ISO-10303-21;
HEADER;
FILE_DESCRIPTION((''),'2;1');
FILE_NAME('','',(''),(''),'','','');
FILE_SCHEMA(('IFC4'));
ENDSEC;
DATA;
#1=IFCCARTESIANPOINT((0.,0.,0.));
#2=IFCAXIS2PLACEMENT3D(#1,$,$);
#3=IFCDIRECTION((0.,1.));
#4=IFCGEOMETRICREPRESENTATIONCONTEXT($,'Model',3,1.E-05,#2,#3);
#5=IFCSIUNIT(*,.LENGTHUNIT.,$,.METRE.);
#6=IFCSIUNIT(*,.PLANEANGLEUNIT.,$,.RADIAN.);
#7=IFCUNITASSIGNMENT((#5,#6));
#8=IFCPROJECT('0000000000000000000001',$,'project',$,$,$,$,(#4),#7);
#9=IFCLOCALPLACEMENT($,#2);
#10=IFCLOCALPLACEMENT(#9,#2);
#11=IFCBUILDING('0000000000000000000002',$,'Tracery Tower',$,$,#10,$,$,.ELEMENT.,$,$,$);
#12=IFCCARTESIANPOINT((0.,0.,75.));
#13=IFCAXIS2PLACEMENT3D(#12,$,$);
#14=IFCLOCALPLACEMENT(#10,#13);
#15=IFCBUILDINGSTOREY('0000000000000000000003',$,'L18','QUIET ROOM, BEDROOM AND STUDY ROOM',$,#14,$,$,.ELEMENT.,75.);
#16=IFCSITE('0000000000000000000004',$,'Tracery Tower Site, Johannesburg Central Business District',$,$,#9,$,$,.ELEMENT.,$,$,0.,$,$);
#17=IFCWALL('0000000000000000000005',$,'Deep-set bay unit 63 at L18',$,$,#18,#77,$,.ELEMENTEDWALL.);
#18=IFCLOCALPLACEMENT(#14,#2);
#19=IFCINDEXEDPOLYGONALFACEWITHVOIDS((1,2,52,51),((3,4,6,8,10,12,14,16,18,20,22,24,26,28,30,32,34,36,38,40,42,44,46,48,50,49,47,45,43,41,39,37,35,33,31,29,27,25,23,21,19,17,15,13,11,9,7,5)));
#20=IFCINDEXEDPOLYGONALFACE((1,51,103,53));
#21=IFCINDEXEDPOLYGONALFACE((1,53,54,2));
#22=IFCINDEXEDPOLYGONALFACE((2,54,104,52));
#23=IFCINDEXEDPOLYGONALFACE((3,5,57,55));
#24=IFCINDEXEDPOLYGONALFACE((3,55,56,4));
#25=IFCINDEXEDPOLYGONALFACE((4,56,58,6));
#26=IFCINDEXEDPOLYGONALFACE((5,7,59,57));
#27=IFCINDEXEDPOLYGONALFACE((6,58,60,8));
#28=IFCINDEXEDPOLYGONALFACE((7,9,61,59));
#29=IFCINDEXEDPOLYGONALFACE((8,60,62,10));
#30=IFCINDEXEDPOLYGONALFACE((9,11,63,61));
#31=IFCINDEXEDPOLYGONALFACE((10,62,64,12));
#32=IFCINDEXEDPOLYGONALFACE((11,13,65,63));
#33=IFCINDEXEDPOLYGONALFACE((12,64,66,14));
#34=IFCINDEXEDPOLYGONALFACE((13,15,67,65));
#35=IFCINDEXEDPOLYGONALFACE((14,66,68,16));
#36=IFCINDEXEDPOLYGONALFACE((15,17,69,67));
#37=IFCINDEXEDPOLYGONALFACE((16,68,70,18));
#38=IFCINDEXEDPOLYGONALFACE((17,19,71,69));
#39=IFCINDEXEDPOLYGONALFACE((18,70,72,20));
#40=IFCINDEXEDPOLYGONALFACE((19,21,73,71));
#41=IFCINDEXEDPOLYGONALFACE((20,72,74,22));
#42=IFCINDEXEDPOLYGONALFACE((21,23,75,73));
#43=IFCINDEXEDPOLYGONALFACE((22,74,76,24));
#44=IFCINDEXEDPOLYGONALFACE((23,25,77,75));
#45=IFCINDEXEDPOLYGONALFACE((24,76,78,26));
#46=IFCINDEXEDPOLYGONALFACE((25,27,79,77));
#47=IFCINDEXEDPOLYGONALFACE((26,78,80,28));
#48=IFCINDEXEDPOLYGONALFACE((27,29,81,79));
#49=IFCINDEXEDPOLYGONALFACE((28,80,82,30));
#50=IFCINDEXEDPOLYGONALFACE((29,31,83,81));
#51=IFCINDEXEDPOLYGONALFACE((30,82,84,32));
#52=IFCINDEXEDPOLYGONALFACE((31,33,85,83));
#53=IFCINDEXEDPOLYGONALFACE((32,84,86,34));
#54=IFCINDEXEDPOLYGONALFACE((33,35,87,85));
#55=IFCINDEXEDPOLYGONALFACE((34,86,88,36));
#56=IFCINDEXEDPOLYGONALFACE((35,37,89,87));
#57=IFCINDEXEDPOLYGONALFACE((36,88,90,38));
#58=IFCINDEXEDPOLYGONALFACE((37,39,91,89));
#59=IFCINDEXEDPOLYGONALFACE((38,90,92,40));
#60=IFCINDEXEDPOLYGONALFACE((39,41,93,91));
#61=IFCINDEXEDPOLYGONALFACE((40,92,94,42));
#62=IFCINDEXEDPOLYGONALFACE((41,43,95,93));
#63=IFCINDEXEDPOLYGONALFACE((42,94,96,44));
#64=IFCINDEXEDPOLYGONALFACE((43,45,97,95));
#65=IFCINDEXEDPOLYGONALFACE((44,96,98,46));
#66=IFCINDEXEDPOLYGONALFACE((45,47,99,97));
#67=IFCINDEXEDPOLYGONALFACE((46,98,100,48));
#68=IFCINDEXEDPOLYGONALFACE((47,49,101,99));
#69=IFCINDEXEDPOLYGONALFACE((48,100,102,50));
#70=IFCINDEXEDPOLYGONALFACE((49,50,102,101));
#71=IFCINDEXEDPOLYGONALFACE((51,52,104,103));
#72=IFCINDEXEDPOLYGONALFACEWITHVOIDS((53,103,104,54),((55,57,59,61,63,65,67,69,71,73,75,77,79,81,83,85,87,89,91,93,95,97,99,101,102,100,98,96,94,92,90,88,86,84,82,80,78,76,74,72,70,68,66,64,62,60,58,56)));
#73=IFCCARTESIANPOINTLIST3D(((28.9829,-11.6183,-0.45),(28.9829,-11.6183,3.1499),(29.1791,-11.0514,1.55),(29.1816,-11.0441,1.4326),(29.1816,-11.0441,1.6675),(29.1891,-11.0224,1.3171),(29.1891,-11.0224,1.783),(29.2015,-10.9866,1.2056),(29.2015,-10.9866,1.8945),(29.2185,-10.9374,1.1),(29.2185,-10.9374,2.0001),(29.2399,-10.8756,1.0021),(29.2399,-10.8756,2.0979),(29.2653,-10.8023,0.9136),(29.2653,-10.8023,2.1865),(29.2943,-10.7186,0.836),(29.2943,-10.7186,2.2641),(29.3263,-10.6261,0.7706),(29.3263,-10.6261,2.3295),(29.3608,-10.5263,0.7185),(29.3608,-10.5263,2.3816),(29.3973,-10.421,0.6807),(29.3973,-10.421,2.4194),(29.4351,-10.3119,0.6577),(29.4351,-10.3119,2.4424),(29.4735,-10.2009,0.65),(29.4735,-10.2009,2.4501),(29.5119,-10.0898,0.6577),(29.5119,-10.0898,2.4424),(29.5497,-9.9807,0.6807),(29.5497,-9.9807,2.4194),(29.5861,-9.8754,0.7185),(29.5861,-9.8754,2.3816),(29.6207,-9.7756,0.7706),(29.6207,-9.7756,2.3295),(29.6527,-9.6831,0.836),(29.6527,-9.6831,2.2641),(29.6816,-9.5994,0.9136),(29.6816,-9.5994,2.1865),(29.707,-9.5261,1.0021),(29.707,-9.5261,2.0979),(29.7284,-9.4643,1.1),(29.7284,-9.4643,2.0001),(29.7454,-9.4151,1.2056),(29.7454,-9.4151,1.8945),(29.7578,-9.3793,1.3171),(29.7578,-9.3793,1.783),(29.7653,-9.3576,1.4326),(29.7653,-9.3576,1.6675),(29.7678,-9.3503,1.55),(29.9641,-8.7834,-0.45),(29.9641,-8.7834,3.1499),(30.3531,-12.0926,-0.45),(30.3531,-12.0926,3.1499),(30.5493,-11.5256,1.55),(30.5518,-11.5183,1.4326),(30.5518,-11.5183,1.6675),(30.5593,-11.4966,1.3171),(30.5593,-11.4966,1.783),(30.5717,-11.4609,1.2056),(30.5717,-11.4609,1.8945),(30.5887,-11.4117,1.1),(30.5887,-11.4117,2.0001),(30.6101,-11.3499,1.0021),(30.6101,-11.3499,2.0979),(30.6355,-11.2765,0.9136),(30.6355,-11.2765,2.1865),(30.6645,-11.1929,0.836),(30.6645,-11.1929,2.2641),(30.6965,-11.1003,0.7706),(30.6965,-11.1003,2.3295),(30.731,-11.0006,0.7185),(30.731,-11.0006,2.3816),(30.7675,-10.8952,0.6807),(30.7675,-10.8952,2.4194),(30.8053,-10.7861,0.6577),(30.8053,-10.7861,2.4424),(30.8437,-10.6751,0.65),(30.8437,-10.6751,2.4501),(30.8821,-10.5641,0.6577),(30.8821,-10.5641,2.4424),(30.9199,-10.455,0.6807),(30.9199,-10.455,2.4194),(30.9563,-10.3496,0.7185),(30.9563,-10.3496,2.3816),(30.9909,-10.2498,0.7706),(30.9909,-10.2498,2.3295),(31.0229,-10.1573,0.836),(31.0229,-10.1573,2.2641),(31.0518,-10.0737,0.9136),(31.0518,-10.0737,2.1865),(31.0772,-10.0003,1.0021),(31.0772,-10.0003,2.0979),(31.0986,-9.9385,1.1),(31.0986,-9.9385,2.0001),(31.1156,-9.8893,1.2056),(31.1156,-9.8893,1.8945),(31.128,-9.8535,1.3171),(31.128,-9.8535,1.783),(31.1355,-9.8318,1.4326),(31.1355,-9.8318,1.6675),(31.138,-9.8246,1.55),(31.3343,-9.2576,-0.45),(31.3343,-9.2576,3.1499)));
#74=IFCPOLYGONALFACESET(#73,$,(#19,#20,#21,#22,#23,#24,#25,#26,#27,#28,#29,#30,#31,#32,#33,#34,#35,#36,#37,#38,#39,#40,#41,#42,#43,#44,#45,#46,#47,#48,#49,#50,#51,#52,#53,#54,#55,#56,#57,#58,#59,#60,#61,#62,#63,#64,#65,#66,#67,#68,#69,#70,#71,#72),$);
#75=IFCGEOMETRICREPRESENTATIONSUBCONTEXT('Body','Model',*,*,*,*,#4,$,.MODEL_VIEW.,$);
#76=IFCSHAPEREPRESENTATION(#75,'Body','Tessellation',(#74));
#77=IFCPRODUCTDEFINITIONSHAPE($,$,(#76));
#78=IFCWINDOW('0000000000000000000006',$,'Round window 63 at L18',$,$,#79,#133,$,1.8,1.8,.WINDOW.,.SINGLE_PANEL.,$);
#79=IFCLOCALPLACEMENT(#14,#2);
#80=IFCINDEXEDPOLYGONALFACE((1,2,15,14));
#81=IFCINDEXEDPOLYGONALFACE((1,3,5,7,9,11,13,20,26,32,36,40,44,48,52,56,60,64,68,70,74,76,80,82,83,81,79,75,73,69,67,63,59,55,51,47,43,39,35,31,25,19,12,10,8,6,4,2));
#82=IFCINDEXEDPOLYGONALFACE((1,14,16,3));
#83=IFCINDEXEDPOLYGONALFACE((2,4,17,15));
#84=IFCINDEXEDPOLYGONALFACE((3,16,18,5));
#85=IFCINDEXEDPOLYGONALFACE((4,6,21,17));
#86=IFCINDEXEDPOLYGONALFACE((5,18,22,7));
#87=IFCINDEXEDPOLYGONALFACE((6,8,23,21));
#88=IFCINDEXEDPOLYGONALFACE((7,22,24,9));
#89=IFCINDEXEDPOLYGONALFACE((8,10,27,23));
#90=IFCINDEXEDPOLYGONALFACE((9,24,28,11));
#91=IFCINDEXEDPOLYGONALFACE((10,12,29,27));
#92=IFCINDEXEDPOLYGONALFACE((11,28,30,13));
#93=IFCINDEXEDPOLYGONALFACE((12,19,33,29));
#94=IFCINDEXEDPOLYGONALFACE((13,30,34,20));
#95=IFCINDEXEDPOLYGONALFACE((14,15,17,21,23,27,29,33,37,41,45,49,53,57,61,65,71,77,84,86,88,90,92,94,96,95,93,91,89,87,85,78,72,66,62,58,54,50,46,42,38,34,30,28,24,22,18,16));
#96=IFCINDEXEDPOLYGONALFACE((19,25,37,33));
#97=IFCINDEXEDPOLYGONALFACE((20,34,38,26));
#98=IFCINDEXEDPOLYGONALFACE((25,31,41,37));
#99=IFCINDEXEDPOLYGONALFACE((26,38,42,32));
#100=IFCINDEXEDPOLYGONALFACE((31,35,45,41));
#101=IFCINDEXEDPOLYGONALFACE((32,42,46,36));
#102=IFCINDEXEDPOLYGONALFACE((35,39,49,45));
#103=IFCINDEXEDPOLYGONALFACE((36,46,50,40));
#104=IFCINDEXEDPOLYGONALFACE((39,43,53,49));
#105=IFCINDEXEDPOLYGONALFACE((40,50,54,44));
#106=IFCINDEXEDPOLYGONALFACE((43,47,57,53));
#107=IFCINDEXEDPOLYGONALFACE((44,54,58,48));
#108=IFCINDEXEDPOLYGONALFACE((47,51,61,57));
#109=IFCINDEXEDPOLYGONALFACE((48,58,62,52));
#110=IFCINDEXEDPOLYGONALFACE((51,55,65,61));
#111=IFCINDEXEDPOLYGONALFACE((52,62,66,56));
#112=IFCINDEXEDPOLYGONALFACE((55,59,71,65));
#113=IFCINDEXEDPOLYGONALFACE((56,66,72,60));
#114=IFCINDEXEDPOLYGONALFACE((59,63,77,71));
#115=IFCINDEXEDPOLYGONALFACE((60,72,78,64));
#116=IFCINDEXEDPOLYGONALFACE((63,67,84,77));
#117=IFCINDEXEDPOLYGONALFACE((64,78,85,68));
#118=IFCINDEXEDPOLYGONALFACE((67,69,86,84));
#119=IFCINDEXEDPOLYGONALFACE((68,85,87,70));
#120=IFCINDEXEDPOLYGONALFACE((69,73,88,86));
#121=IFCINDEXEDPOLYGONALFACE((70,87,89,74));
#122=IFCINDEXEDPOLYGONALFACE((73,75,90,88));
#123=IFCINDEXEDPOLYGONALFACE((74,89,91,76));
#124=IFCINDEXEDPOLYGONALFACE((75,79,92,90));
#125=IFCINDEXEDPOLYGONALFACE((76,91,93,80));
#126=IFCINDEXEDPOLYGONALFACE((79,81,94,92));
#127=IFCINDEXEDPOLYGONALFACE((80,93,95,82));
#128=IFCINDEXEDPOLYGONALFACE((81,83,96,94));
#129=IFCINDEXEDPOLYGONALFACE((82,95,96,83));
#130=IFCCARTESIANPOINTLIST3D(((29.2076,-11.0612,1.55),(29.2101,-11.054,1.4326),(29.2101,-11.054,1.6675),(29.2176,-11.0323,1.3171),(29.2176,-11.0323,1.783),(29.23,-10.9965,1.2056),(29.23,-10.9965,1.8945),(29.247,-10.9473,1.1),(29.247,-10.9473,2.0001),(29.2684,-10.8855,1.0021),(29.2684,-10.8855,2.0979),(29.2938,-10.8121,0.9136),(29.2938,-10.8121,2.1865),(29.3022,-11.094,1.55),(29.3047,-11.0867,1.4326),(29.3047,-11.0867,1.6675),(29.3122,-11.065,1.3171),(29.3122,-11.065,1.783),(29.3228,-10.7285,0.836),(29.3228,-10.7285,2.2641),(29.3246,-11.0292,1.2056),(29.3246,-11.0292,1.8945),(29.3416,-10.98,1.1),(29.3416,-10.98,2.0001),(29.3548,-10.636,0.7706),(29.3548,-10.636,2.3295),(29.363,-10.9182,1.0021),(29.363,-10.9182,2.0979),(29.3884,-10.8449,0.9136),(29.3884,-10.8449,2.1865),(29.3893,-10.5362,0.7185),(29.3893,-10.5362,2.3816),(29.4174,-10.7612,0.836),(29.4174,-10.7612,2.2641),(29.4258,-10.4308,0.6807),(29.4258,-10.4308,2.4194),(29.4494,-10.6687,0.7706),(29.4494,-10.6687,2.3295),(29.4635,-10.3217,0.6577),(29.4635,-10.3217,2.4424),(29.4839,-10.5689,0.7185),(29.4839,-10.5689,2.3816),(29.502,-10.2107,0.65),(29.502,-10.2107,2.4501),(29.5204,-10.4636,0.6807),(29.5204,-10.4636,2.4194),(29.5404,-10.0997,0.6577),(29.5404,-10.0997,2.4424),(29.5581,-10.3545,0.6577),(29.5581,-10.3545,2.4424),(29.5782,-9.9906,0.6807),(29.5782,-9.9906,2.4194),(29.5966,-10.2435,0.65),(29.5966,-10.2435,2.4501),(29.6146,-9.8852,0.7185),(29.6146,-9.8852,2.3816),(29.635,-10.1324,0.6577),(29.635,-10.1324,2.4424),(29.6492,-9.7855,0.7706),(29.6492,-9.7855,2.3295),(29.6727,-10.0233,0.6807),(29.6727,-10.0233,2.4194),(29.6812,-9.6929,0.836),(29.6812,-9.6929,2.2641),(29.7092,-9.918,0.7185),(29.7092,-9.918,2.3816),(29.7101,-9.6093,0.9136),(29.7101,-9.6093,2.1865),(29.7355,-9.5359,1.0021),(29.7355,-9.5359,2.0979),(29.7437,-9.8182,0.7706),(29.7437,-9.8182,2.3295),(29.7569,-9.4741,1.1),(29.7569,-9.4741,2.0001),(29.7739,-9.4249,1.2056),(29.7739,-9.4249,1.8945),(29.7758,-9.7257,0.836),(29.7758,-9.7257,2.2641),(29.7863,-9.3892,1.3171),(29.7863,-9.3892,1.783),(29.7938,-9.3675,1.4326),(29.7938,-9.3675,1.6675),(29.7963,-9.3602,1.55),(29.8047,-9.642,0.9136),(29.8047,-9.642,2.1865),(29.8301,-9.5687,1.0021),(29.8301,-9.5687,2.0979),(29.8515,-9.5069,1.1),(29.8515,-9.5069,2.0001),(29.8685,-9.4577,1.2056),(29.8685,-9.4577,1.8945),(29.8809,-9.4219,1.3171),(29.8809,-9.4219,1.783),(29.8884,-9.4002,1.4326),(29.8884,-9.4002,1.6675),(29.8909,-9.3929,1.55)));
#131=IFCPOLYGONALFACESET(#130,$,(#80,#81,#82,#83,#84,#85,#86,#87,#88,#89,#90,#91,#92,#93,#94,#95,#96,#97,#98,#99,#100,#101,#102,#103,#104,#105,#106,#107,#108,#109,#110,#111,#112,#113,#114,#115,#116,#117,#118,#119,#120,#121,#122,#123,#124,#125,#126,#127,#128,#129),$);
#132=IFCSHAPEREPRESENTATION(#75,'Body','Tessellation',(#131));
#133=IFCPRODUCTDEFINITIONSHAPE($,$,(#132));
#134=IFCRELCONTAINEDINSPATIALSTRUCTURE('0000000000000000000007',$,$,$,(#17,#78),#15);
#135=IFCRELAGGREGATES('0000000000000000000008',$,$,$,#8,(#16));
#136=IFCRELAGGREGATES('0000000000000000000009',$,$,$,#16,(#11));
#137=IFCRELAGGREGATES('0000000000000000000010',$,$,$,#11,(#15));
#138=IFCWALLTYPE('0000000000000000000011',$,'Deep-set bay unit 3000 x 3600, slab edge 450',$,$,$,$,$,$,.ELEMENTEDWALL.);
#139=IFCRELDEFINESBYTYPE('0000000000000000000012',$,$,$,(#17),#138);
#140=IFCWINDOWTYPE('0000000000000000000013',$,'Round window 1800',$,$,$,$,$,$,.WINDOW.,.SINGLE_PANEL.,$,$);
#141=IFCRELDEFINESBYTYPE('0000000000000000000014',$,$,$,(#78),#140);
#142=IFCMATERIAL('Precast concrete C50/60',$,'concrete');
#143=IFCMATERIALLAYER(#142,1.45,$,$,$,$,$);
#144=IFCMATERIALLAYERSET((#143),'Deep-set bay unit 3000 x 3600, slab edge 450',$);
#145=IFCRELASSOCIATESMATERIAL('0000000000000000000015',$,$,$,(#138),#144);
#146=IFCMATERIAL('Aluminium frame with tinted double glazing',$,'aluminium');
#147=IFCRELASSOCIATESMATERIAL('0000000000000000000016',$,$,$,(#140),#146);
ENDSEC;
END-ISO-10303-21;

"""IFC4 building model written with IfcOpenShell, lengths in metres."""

from ifc_helpers import new_model, si_unit, direction, frame, frame_2d, origin, origin_2d, place, context, subcontext, project, spatial, rectangle, circle, extrude, material, layer, layer_set, type_object, element, fill, save


model = new_model("IFC4")

# Units and contexts
model_context = context("Model", 3, precision=1e-05, world=origin(), true_north=direction((0.0, 1.0)))
body_context = subcontext(model_context, "Body", "Model", "MODEL_VIEW")
ifc_project = project(units=[si_unit("LENGTHUNIT", "METRE"), si_unit("PLANEANGLEUNIT", "RADIAN")], contexts=[model_context])

# Site, building, storey
site_placement = place(None, origin())
site = spatial("IfcSite", under=ifc_project, at=site_placement, Name="Tracery Tower Site, Johannesburg Central Business District", CompositionType="ELEMENT", RefElevation=0.0)
building_placement = place(site_placement, origin())
building = spatial("IfcBuilding", under=site, at=building_placement, Name="Tracery Tower", CompositionType="ELEMENT")
storey_placement = place(building_placement, frame((0.0, 0.0, 75.0)))
storey = spatial("IfcBuildingStorey", under=building, at=storey_placement, Name="L18", Description="QUIET ROOM, BEDROOM AND STUDY ROOM", CompositionType="ELEMENT", Elevation=75.0)

# Wall, opening, window
ifc_material_1 = material(Name="Precast concrete C50/60", Category="concrete")
ifc_layer_1 = layer(ifc_material_1, 1.45)
ifc_layer_set_1 = layer_set([ifc_layer_1], Name="Deep-set bay unit 3000 x 3600, slab edge 450")
wall_type_1 = type_object("IfcWallType", Name="Deep-set bay unit 3000 x 3600, slab edge 450", PredefinedType="ELEMENTEDWALL", material=ifc_layer_set_1)
wall_1_placement = place(storey_placement, frame((29.668, -11.8555, -0.45), z_axis=(0.0, 0.0, 1.0), x_axis=(0.327071, 0.945, 0.0)))
wall_1 = element("IfcWall", 1, at=wall_1_placement, inside=storey, type_object=wall_type_1, Name="Deep-set bay unit 63 at L18", PredefinedType="ELEMENTEDWALL", context=body_context, shape_type="SweptSolid", body=[
    extrude(rectangle(XDim=3.0, YDim=1.45, at=frame_2d((1.5, 0.0))), origin(), (0.0, 0.0, 1.0), 3.5999),
])
opening_1_placement = place(wall_1_placement, frame((1.5, 0.0, 2.0)))
opening_1 = element("IfcOpeningElement", 2, at=opening_1_placement, cuts=wall_1, PredefinedType="OPENING", context=body_context, shape_type="SweptSolid", body=[
    extrude(circle(Radius=0.9, at=origin_2d()), frame((0.0, 0.7349, 0.0), z_axis=(0.0, -1.0, 0.0), x_axis=(1.0, 0.0, 0.0)), (0.0, 0.0, 1.0), 1.47),
])
ifc_material_2 = material(Name="Aluminium frame with tinted double glazing", Category="aluminium")
window_type = type_object("IfcWindowType", Name="Round window 1800", PartitioningType="SINGLE_PANEL", PredefinedType="WINDOW", material=ifc_material_2)
window_1_placement = place(opening_1_placement, origin())
window_1 = element("IfcWindow", 3, at=window_1_placement, inside=storey, type_object=window_type, Name="Round window 63 at L18", OverallHeight=1.8, OverallWidth=1.8, PartitioningType="SINGLE_PANEL", PredefinedType="WINDOW", context=body_context, shape_type="SweptSolid", body=[
    extrude(circle(Radius=0.9, at=origin_2d()), frame((0.0, 0.6948, 0.0), z_axis=(0.0, -1.0, 0.0), x_axis=(1.0, 0.0, 0.0)), (0.0, 0.0, 1.0), 0.1001),
])
fill(opening_1, window_1)

save(model, "model.ifc")
